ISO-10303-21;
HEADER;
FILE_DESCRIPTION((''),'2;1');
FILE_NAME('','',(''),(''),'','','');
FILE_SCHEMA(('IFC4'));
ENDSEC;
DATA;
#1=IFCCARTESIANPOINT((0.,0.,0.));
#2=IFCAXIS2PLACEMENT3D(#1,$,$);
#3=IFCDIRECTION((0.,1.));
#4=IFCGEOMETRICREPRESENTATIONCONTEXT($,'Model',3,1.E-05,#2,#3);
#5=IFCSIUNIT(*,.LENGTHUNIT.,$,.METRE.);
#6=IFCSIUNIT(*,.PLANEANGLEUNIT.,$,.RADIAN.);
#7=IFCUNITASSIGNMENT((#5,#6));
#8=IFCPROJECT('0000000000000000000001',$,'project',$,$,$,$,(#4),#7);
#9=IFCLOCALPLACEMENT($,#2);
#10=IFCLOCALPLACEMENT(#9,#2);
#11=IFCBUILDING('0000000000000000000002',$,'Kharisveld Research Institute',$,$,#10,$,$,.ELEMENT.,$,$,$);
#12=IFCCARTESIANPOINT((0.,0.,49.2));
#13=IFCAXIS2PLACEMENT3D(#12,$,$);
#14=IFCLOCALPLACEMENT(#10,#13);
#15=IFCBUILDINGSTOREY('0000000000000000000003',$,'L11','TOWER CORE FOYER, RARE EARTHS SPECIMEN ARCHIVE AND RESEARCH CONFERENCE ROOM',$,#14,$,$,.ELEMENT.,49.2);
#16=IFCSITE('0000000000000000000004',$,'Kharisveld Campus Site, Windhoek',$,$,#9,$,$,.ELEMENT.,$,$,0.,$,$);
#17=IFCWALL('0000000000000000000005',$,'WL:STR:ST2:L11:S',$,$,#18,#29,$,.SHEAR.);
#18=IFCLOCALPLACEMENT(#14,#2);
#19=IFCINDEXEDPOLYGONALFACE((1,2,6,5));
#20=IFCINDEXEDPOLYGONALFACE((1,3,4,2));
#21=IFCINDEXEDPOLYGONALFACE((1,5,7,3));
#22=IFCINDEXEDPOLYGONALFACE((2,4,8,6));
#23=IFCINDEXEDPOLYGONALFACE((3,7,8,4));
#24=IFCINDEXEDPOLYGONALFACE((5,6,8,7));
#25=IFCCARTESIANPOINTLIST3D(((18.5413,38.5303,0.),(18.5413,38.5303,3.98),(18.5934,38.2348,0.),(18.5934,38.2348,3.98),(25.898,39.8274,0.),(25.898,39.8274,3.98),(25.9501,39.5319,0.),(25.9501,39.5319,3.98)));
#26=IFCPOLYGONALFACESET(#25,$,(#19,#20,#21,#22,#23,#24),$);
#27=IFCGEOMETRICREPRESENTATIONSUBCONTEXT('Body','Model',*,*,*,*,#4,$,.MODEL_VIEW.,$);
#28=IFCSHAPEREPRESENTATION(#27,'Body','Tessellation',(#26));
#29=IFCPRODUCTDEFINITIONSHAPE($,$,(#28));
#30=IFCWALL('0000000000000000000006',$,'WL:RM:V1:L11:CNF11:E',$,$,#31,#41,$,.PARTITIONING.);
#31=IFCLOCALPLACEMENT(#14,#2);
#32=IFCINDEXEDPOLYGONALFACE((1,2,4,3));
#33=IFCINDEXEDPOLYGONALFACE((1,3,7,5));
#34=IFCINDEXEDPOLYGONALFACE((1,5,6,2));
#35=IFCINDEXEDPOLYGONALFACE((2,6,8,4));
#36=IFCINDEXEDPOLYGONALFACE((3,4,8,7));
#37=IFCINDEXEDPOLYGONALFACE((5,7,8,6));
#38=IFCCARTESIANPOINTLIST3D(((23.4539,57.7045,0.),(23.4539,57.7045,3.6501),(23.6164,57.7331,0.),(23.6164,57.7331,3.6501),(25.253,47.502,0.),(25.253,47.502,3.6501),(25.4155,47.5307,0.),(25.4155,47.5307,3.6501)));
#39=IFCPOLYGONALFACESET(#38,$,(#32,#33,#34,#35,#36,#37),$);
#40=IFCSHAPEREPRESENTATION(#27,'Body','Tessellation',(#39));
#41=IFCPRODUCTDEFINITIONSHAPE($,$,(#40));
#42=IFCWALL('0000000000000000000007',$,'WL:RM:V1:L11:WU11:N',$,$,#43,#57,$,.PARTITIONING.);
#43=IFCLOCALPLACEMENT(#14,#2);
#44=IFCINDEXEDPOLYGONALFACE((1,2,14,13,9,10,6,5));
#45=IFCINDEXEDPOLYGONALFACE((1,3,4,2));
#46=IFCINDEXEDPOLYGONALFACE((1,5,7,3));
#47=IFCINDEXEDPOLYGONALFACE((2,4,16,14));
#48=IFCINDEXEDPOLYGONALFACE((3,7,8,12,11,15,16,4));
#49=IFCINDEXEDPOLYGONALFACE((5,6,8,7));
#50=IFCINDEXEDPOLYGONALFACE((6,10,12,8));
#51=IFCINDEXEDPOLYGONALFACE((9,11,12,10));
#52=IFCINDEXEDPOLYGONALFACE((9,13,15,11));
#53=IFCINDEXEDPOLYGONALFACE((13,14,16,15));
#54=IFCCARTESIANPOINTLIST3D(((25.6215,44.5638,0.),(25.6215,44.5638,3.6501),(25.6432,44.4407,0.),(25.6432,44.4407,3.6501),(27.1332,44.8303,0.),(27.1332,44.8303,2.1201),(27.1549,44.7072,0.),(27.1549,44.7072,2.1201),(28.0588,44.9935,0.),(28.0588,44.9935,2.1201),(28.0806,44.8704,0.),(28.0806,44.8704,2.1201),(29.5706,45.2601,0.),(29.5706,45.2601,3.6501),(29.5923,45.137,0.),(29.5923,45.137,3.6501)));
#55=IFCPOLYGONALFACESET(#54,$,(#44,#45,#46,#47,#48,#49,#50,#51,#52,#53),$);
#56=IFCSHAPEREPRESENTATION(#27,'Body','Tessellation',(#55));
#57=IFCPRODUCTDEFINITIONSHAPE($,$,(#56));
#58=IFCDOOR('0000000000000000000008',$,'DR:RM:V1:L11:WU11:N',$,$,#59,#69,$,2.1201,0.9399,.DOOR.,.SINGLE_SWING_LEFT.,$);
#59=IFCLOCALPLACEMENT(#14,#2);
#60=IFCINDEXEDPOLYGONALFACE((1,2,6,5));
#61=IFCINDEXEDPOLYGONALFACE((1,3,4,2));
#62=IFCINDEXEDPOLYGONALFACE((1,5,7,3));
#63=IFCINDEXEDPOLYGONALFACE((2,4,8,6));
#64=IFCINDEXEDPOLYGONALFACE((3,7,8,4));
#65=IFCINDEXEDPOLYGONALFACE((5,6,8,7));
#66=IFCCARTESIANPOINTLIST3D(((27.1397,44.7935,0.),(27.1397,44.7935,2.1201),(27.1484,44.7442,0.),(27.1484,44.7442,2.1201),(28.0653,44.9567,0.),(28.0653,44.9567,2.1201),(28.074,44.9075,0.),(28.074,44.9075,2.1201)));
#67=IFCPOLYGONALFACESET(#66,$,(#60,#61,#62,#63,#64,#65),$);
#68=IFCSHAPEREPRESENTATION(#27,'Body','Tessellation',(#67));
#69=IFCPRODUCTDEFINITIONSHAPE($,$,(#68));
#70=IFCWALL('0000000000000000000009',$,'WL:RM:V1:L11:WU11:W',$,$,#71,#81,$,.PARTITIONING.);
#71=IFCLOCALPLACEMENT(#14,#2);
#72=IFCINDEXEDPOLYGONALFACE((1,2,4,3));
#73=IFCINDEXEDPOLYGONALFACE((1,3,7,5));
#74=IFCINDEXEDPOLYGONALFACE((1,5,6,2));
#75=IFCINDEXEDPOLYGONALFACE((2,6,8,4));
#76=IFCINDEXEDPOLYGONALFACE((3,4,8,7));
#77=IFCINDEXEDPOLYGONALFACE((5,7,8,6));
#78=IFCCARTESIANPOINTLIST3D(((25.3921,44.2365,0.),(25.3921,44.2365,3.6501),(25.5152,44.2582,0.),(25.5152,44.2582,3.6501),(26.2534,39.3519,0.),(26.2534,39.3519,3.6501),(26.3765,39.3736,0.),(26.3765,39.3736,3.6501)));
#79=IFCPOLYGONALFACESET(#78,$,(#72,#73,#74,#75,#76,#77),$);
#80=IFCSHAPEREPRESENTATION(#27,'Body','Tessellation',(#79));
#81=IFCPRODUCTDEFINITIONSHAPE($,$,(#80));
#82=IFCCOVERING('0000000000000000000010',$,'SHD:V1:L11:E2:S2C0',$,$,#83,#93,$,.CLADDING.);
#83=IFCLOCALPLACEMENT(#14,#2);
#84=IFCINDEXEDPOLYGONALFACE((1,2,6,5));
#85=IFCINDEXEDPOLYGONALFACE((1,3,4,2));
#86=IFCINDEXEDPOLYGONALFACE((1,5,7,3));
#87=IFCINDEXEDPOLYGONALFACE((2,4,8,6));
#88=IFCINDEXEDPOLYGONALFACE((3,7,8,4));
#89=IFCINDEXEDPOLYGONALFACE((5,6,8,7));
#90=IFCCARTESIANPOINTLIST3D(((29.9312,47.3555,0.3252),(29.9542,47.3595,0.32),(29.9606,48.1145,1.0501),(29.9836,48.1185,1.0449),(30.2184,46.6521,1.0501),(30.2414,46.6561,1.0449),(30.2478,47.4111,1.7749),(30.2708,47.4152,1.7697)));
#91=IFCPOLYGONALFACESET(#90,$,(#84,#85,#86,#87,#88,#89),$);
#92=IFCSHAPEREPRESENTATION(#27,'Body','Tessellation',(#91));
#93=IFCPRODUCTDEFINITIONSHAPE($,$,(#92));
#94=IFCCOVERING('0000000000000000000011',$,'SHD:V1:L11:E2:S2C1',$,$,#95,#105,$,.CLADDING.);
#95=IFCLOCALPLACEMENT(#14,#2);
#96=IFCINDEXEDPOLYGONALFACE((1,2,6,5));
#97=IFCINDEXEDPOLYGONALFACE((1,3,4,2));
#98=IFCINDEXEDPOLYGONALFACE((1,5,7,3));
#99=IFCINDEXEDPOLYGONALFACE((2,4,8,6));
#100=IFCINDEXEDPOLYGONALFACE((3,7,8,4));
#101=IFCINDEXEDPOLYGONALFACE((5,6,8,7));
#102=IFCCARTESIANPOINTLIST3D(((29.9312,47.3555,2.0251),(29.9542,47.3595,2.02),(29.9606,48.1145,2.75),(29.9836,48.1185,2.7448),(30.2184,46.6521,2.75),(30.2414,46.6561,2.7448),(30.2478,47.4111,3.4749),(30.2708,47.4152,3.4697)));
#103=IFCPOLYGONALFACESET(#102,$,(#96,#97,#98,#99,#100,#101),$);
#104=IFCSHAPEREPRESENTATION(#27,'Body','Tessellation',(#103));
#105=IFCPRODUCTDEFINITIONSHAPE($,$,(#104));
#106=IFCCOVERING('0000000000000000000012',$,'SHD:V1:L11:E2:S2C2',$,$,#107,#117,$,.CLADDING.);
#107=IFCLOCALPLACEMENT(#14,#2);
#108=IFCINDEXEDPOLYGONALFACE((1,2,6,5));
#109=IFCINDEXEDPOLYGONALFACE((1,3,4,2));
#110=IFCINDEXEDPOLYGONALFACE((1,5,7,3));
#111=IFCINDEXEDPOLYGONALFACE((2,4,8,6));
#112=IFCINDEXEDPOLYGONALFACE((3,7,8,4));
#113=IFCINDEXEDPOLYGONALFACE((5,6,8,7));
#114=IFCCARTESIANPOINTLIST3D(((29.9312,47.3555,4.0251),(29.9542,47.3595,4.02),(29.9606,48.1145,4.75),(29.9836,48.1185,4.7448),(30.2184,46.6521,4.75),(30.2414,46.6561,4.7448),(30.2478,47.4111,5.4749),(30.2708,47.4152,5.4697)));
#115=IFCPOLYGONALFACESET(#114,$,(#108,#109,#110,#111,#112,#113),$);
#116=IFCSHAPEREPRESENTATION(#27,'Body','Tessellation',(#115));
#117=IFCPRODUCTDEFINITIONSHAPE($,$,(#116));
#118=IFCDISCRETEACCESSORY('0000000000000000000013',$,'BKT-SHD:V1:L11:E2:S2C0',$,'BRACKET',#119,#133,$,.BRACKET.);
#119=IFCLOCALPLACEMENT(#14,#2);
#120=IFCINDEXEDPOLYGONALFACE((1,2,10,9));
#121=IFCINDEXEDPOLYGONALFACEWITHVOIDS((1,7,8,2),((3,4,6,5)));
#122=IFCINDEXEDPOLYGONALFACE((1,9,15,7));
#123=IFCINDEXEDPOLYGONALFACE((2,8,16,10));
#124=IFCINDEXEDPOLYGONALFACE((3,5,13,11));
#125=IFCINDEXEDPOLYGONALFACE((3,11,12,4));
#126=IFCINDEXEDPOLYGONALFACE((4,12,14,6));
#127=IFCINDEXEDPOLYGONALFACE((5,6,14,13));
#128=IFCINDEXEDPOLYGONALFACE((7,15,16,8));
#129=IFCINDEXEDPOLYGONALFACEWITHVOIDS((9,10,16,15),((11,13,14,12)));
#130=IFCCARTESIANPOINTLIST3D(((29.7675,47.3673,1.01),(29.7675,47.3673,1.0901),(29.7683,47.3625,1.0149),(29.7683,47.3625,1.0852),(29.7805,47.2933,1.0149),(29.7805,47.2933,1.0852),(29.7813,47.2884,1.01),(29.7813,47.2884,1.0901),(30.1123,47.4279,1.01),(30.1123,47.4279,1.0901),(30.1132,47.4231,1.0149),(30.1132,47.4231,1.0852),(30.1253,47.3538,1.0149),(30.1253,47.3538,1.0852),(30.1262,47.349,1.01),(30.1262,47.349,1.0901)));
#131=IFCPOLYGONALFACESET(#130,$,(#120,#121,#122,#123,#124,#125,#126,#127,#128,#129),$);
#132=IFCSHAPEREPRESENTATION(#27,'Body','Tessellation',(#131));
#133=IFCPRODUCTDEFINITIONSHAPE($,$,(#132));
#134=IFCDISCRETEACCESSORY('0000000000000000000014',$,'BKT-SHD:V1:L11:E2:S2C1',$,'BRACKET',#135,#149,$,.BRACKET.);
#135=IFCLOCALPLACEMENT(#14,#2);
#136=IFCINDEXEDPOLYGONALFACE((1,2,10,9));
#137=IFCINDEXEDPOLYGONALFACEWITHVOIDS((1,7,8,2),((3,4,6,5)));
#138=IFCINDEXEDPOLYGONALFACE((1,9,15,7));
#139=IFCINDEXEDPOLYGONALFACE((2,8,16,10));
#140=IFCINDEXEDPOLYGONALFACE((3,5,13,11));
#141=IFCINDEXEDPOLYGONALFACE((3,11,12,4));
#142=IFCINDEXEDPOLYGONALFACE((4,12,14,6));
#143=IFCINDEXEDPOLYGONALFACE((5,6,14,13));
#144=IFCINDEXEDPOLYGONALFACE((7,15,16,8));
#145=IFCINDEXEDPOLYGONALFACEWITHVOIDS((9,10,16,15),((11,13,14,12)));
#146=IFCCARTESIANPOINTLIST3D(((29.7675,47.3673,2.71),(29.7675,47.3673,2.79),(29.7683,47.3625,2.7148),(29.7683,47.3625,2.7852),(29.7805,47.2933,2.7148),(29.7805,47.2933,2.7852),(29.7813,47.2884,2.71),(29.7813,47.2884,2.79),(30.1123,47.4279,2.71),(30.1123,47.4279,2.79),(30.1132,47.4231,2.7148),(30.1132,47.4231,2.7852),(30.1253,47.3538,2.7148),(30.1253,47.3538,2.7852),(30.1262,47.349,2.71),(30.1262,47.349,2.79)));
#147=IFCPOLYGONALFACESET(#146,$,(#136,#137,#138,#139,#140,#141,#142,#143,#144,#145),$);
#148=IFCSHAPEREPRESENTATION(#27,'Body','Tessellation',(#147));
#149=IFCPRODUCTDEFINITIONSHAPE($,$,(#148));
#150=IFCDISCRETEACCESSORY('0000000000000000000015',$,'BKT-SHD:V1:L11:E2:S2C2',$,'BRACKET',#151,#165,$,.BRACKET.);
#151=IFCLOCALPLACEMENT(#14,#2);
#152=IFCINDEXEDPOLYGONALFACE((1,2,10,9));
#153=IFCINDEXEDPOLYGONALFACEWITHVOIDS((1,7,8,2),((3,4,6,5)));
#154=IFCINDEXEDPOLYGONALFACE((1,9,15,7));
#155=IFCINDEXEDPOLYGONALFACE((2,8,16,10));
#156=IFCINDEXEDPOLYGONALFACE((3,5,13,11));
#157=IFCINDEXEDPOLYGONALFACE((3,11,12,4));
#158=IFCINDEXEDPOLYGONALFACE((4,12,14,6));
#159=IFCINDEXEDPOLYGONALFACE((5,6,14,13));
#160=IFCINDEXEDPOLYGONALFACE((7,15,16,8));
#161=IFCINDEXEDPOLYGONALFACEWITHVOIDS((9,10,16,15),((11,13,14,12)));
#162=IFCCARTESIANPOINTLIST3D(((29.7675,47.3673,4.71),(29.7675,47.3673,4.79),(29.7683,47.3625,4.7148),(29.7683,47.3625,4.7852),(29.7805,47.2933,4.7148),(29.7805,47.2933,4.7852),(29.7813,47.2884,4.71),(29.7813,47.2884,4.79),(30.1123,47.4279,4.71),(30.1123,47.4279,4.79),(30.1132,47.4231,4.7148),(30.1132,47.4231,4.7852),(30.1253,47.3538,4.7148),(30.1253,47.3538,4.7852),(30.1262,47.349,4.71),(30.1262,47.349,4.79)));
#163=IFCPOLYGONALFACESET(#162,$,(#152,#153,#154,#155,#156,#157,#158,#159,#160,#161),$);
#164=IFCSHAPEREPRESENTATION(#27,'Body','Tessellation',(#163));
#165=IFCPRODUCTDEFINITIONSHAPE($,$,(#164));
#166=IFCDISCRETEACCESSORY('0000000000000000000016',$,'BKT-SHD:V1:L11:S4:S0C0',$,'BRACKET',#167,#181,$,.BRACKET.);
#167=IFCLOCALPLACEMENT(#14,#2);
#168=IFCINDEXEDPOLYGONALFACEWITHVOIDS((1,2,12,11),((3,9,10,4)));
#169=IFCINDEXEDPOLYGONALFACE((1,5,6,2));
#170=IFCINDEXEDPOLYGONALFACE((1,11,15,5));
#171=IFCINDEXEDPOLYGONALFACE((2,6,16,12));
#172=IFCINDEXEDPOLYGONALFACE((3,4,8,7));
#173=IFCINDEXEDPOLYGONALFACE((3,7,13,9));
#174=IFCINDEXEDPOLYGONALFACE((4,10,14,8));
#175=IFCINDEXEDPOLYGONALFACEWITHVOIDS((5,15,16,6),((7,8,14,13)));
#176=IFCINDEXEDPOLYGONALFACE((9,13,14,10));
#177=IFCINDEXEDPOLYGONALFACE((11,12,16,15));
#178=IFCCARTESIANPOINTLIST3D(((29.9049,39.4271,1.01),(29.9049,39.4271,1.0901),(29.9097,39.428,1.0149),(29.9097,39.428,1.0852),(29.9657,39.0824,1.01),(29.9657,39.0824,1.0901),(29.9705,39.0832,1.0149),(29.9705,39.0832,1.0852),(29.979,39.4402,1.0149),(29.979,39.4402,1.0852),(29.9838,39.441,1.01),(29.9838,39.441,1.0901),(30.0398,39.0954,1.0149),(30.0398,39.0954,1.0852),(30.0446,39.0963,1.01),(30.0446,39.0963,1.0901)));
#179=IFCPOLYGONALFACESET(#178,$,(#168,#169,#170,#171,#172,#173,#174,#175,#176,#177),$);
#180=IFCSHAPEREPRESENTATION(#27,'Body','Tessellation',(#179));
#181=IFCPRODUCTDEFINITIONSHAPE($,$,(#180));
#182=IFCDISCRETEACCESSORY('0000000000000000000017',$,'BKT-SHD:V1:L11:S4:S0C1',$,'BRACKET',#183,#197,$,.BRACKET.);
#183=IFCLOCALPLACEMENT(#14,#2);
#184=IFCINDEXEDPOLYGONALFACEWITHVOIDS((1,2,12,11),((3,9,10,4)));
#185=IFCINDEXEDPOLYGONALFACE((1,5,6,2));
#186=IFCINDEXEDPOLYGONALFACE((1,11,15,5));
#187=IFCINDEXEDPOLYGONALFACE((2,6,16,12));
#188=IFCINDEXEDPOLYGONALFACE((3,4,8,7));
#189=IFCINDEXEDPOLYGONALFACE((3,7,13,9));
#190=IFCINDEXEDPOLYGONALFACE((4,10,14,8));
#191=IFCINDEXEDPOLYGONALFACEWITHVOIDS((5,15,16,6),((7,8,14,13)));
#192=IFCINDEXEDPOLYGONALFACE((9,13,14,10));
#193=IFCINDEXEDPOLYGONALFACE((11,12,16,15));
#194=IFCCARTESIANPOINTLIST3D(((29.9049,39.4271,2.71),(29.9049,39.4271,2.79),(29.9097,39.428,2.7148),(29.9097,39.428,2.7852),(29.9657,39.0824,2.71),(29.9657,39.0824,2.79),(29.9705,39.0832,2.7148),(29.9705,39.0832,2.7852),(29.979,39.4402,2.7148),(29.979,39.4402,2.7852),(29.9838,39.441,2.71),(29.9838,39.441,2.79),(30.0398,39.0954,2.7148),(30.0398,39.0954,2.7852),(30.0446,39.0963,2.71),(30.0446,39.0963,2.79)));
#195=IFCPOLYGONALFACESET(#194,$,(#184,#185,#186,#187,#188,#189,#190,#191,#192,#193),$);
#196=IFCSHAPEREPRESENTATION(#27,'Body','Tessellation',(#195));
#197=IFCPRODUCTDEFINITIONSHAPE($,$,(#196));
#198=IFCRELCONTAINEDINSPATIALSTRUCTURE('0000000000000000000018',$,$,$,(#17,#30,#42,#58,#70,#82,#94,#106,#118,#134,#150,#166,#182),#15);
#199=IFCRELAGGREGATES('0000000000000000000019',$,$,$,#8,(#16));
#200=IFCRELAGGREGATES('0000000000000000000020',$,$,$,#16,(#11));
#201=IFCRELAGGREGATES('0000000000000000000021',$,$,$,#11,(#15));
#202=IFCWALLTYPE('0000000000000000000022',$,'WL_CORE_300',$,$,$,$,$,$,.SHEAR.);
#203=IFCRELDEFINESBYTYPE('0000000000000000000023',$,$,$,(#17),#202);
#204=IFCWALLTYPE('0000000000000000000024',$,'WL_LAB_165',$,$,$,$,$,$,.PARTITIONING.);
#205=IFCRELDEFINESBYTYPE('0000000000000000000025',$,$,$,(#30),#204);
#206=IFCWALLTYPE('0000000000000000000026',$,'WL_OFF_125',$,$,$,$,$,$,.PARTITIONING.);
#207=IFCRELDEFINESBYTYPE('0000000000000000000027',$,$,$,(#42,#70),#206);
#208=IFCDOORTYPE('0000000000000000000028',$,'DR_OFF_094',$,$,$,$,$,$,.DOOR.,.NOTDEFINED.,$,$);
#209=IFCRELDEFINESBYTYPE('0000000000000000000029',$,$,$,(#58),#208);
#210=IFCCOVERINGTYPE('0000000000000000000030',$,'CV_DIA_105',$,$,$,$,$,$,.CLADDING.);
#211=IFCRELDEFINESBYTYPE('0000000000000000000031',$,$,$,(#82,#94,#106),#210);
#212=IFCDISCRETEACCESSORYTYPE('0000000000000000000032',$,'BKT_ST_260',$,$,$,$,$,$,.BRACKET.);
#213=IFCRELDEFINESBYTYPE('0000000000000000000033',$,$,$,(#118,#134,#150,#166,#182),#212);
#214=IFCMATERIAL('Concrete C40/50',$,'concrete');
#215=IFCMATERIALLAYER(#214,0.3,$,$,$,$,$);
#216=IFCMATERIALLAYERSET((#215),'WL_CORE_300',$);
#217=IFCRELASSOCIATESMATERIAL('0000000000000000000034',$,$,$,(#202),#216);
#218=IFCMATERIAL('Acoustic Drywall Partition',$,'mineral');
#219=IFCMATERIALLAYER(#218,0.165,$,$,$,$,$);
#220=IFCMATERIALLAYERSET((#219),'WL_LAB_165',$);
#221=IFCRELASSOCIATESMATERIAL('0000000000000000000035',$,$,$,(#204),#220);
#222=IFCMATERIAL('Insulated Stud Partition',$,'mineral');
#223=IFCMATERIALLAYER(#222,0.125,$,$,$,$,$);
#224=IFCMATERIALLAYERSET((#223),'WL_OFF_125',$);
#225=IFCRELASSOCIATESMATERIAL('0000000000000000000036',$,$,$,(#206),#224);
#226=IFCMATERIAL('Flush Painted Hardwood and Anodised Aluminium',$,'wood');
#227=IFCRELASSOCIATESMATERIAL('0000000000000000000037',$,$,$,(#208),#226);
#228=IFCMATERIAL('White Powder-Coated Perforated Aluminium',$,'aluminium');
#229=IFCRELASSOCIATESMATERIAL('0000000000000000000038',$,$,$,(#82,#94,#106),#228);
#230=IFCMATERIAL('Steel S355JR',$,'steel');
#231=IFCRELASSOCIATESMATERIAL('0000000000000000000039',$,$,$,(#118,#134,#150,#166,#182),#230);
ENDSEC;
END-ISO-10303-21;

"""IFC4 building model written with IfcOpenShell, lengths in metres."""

from ifc_helpers import new_model, si_unit, direction, frame, frame_2d, origin, origin_2d, place, context, subcontext, project, spatial, polyline, rectangle, hollow_rectangle, outline, extrude, material, layer, layer_set, type_object, element, fill, save


model = new_model("IFC4")

# Units and contexts
model_context = context("Model", 3, precision=1e-05, world=origin(), true_north=direction((0.0, 1.0)))
body_context = subcontext(model_context, "Body", "Model", "MODEL_VIEW")
ifc_project = project(units=[si_unit("LENGTHUNIT", "METRE"), si_unit("PLANEANGLEUNIT", "RADIAN")], contexts=[model_context])

# Site, building, storey
site_placement = place(None, origin())
site = spatial("IfcSite", under=ifc_project, at=site_placement, Name="Kharisveld Campus Site, Windhoek", CompositionType="ELEMENT", RefElevation=0.0)
building_placement = place(site_placement, origin())
building = spatial("IfcBuilding", under=site, at=building_placement, Name="Kharisveld Research Institute", CompositionType="ELEMENT")
storey_placement = place(building_placement, frame((0.0, 0.0, 49.2)))
storey = spatial("IfcBuildingStorey", under=building, at=storey_placement, Name="L11", Description="TOWER CORE FOYER, RARE EARTHS SPECIMEN ARCHIVE AND RESEARCH CONFERENCE ROOM", CompositionType="ELEMENT", Elevation=49.2)

# Walls
ifc_material_1 = material(Name="Concrete C40/50", Category="concrete")
ifc_layer_1 = layer(ifc_material_1, 0.3)
ifc_layer_set_1 = layer_set([ifc_layer_1], Name="WL_CORE_300")
wall_type_1 = type_object("IfcWallType", Name="WL_CORE_300", PredefinedType="SHEAR", material=ifc_layer_set_1)
wall_1_placement = place(storey_placement, frame((25.9241, 39.6797, 0.0), z_axis=(0.0, 0.0, 1.0), x_axis=(-0.984809, -0.17364, 0.0)))
element("IfcWall", 1, at=wall_1_placement, inside=storey, type_object=wall_type_1, Name="WL:STR:ST2:L11:S", PredefinedType="SHEAR", context=body_context, shape_type="SweptSolid", body=[
    extrude(rectangle(XDim=7.4702, YDim=0.3, at=frame_2d((3.7351, 0.0))), origin(), (0.0, 0.0, 1.0), 3.98),
])
ifc_material_2 = material(Name="Acoustic Drywall Partition", Category="mineral")
ifc_layer_2 = layer(ifc_material_2, 0.165)
ifc_layer_set_2 = layer_set([ifc_layer_2], Name="WL_LAB_165")
wall_type_2 = type_object("IfcWallType", Name="WL_LAB_165", PredefinedType="PARTITIONING", material=ifc_layer_set_2)
wall_2_placement = place(storey_placement, frame((25.3342, 47.5164, 0.0), z_axis=(0.0, 0.0, 1.0), x_axis=(-0.173659, 0.984806, 0.0)))
element("IfcWall", 2, at=wall_2_placement, inside=storey, type_object=wall_type_2, Name="WL:RM:V1:L11:CNF11:E", PredefinedType="PARTITIONING", context=body_context, shape_type="SweptSolid", body=[
    extrude(rectangle(XDim=10.3599, YDim=0.165, at=frame_2d((5.1799, 0.0))), origin(), (0.0, 0.0, 1.0), 3.6501),
])

# Wall, opening, door
ifc_material_3 = material(Name="Insulated Stud Partition", Category="mineral")
ifc_layer_3 = layer(ifc_material_3, 0.125)
ifc_layer_set_3 = layer_set([ifc_layer_3], Name="WL_OFF_125")
wall_type_3 = type_object("IfcWallType", Name="WL_OFF_125", PredefinedType="PARTITIONING", material=ifc_layer_set_3)
wall_3_placement = place(storey_placement, frame((29.5813, 45.1985, 0.0), z_axis=(0.0, 0.0, 1.0), x_axis=(-0.984811, -0.173633, 0.0)))
wall_3 = element("IfcWall", 3, at=wall_3_placement, inside=storey, type_object=wall_type_3, Name="WL:RM:V1:L11:WU11:N", PredefinedType="PARTITIONING", context=body_context, shape_type="SweptSolid", body=[
    extrude(rectangle(XDim=4.01, YDim=0.125, at=frame_2d((2.0049, 0.0))), origin(), (0.0, 0.0, 1.0), 3.6501),
])
opening_1_placement = place(wall_3_placement, frame((1.5349, 0.0, 0.0)))
opening_1 = element("IfcOpeningElement", 4, at=opening_1_placement, cuts=wall_3, PredefinedType="OPENING", context=body_context, shape_type="SweptSolid", body=[
    extrude(rectangle(XDim=0.9399, YDim=2.1201, at=frame_2d((0.47, 1.0601))), frame((0.0, 0.0625, 0.0), z_axis=(0.0, -1.0, 0.0), x_axis=(1.0, 0.0, 0.0)), (0.0, 0.0, 1.0), 0.125),
])
ifc_material_4 = material(Name="Flush Painted Hardwood and Anodised Aluminium", Category="wood")
door_type_1 = type_object("IfcDoorType", Name="DR_OFF_094", OperationType="NOTDEFINED", PredefinedType="DOOR", material=ifc_material_4)
door_1_placement = place(opening_1_placement, origin())
door_1 = element("IfcDoor", 5, at=door_1_placement, inside=storey, type_object=door_type_1, Name="DR:RM:V1:L11:WU11:N", OperationType="SINGLE_SWING_LEFT", OverallHeight=2.1201, OverallWidth=0.9399, PredefinedType="DOOR", context=body_context, shape_type="SweptSolid", body=[
    extrude(rectangle(XDim=0.9399, YDim=2.1201, at=frame_2d((0.47, 1.0601))), frame((0.0, 0.0249, 0.0), z_axis=(0.0, -1.0, 0.0), x_axis=(1.0, 0.0, 0.0)), (0.0, 0.0, 1.0), 0.05),
])
fill(opening_1, door_1)

# Wall
wall_4_placement = place(storey_placement, frame((25.4536, 44.2473, 0.0), z_axis=(0.0, 0.0, 1.0), x_axis=(0.173659, -0.984806, 0.0)))
element("IfcWall", 6, at=wall_4_placement, inside=storey, type_object=wall_type_3, Name="WL:RM:V1:L11:WU11:W", PredefinedType="PARTITIONING", context=body_context, shape_type="SweptSolid", body=[
    extrude(rectangle(XDim=4.96, YDim=0.125, at=frame_2d((2.48, 0.0))), origin(), (0.0, 0.0, 1.0), 3.6501),
])

# Coverings
ifc_material_5 = material(Name="White Powder-Coated Perforated Aluminium", Category="aluminium")
covering_type = type_object("IfcCoveringType", Name="CV_DIA_105", PredefinedType="CLADDING")
for number, where, z_axis, x_axis, name in (
    (7, (29.9312, 47.3555, 0.3252), (-0.961453, -0.169498, 0.216512), (0.273536, -0.66983, 0.690294), "SHD:V1:L11:E2:S2C0"),
    (8, (29.9312, 47.3555, 2.0251), (-0.961453, -0.169498, 0.216512), (0.273536, -0.66983, 0.690294), "SHD:V1:L11:E2:S2C1"),
    (9, (29.9312, 47.3555, 4.0251), (-0.961453, -0.169498, 0.216512), (0.273536, -0.66983, 0.690294), "SHD:V1:L11:E2:S2C2"),
):
    element("IfcCovering", number, at=place(storey_placement, frame(where, z_axis=z_axis, x_axis=x_axis)), inside=storey, type_object=covering_type, material=ifc_material_5, Name=name, PredefinedType="CLADDING", context=body_context, shape_type="SweptSolid", body=[
        extrude(outline(polyline([(0.0, 0.0), (1.0501, 0.0), (1.0501, 1.05), (0.0, 1.05), (0.0, 0.0)])), origin(), (0.0, 0.0, -1.0), 0.0239),
    ])

# Discrete accessories
ifc_material_6 = material(Name="Steel S355JR", Category="steel")
discrete_accessory_type = type_object("IfcDiscreteAccessoryType", Name="BKT_ST_260", PredefinedType="BRACKET")
for number, where, z_axis, x_axis, name in (
    (10, (29.7744, 47.3279, 1.05), (0.984924, 0.172989, 0.0), (-0.172989, 0.984924, 0.0), "BKT-SHD:V1:L11:E2:S2C0"),
    (11, (29.7744, 47.3279, 2.75), (0.984924, 0.172989, 0.0), (-0.172989, 0.984924, 0.0), "BKT-SHD:V1:L11:E2:S2C1"),
    (12, (29.7744, 47.3279, 4.75), (0.984924, 0.172989, 0.0), (-0.172989, 0.984924, 0.0), "BKT-SHD:V1:L11:E2:S2C2"),
    (13, (29.9443, 39.4341, 1.05), (0.173666, -0.984805, 0.0), (0.984805, 0.173666, 0.0), "BKT-SHD:V1:L11:S4:S0C0"),
    (14, (29.9443, 39.4341, 2.75), (0.173666, -0.984805, 0.0), (0.984805, 0.173666, 0.0), "BKT-SHD:V1:L11:S4:S0C1"),
):
    element("IfcDiscreteAccessory", number, at=place(storey_placement, frame(where, z_axis=z_axis, x_axis=x_axis)), inside=storey, type_object=discrete_accessory_type, material=ifc_material_6, Name=name, ObjectType="BRACKET", PredefinedType="BRACKET", context=body_context, shape_type="SweptSolid", body=[
        extrude(hollow_rectangle(XDim=0.0801, YDim=0.0801, WallThickness=0.0049, at=origin_2d()), origin(), (0.0, 0.0, 1.0), 0.3501),
    ])

save(model, "model.ifc")
